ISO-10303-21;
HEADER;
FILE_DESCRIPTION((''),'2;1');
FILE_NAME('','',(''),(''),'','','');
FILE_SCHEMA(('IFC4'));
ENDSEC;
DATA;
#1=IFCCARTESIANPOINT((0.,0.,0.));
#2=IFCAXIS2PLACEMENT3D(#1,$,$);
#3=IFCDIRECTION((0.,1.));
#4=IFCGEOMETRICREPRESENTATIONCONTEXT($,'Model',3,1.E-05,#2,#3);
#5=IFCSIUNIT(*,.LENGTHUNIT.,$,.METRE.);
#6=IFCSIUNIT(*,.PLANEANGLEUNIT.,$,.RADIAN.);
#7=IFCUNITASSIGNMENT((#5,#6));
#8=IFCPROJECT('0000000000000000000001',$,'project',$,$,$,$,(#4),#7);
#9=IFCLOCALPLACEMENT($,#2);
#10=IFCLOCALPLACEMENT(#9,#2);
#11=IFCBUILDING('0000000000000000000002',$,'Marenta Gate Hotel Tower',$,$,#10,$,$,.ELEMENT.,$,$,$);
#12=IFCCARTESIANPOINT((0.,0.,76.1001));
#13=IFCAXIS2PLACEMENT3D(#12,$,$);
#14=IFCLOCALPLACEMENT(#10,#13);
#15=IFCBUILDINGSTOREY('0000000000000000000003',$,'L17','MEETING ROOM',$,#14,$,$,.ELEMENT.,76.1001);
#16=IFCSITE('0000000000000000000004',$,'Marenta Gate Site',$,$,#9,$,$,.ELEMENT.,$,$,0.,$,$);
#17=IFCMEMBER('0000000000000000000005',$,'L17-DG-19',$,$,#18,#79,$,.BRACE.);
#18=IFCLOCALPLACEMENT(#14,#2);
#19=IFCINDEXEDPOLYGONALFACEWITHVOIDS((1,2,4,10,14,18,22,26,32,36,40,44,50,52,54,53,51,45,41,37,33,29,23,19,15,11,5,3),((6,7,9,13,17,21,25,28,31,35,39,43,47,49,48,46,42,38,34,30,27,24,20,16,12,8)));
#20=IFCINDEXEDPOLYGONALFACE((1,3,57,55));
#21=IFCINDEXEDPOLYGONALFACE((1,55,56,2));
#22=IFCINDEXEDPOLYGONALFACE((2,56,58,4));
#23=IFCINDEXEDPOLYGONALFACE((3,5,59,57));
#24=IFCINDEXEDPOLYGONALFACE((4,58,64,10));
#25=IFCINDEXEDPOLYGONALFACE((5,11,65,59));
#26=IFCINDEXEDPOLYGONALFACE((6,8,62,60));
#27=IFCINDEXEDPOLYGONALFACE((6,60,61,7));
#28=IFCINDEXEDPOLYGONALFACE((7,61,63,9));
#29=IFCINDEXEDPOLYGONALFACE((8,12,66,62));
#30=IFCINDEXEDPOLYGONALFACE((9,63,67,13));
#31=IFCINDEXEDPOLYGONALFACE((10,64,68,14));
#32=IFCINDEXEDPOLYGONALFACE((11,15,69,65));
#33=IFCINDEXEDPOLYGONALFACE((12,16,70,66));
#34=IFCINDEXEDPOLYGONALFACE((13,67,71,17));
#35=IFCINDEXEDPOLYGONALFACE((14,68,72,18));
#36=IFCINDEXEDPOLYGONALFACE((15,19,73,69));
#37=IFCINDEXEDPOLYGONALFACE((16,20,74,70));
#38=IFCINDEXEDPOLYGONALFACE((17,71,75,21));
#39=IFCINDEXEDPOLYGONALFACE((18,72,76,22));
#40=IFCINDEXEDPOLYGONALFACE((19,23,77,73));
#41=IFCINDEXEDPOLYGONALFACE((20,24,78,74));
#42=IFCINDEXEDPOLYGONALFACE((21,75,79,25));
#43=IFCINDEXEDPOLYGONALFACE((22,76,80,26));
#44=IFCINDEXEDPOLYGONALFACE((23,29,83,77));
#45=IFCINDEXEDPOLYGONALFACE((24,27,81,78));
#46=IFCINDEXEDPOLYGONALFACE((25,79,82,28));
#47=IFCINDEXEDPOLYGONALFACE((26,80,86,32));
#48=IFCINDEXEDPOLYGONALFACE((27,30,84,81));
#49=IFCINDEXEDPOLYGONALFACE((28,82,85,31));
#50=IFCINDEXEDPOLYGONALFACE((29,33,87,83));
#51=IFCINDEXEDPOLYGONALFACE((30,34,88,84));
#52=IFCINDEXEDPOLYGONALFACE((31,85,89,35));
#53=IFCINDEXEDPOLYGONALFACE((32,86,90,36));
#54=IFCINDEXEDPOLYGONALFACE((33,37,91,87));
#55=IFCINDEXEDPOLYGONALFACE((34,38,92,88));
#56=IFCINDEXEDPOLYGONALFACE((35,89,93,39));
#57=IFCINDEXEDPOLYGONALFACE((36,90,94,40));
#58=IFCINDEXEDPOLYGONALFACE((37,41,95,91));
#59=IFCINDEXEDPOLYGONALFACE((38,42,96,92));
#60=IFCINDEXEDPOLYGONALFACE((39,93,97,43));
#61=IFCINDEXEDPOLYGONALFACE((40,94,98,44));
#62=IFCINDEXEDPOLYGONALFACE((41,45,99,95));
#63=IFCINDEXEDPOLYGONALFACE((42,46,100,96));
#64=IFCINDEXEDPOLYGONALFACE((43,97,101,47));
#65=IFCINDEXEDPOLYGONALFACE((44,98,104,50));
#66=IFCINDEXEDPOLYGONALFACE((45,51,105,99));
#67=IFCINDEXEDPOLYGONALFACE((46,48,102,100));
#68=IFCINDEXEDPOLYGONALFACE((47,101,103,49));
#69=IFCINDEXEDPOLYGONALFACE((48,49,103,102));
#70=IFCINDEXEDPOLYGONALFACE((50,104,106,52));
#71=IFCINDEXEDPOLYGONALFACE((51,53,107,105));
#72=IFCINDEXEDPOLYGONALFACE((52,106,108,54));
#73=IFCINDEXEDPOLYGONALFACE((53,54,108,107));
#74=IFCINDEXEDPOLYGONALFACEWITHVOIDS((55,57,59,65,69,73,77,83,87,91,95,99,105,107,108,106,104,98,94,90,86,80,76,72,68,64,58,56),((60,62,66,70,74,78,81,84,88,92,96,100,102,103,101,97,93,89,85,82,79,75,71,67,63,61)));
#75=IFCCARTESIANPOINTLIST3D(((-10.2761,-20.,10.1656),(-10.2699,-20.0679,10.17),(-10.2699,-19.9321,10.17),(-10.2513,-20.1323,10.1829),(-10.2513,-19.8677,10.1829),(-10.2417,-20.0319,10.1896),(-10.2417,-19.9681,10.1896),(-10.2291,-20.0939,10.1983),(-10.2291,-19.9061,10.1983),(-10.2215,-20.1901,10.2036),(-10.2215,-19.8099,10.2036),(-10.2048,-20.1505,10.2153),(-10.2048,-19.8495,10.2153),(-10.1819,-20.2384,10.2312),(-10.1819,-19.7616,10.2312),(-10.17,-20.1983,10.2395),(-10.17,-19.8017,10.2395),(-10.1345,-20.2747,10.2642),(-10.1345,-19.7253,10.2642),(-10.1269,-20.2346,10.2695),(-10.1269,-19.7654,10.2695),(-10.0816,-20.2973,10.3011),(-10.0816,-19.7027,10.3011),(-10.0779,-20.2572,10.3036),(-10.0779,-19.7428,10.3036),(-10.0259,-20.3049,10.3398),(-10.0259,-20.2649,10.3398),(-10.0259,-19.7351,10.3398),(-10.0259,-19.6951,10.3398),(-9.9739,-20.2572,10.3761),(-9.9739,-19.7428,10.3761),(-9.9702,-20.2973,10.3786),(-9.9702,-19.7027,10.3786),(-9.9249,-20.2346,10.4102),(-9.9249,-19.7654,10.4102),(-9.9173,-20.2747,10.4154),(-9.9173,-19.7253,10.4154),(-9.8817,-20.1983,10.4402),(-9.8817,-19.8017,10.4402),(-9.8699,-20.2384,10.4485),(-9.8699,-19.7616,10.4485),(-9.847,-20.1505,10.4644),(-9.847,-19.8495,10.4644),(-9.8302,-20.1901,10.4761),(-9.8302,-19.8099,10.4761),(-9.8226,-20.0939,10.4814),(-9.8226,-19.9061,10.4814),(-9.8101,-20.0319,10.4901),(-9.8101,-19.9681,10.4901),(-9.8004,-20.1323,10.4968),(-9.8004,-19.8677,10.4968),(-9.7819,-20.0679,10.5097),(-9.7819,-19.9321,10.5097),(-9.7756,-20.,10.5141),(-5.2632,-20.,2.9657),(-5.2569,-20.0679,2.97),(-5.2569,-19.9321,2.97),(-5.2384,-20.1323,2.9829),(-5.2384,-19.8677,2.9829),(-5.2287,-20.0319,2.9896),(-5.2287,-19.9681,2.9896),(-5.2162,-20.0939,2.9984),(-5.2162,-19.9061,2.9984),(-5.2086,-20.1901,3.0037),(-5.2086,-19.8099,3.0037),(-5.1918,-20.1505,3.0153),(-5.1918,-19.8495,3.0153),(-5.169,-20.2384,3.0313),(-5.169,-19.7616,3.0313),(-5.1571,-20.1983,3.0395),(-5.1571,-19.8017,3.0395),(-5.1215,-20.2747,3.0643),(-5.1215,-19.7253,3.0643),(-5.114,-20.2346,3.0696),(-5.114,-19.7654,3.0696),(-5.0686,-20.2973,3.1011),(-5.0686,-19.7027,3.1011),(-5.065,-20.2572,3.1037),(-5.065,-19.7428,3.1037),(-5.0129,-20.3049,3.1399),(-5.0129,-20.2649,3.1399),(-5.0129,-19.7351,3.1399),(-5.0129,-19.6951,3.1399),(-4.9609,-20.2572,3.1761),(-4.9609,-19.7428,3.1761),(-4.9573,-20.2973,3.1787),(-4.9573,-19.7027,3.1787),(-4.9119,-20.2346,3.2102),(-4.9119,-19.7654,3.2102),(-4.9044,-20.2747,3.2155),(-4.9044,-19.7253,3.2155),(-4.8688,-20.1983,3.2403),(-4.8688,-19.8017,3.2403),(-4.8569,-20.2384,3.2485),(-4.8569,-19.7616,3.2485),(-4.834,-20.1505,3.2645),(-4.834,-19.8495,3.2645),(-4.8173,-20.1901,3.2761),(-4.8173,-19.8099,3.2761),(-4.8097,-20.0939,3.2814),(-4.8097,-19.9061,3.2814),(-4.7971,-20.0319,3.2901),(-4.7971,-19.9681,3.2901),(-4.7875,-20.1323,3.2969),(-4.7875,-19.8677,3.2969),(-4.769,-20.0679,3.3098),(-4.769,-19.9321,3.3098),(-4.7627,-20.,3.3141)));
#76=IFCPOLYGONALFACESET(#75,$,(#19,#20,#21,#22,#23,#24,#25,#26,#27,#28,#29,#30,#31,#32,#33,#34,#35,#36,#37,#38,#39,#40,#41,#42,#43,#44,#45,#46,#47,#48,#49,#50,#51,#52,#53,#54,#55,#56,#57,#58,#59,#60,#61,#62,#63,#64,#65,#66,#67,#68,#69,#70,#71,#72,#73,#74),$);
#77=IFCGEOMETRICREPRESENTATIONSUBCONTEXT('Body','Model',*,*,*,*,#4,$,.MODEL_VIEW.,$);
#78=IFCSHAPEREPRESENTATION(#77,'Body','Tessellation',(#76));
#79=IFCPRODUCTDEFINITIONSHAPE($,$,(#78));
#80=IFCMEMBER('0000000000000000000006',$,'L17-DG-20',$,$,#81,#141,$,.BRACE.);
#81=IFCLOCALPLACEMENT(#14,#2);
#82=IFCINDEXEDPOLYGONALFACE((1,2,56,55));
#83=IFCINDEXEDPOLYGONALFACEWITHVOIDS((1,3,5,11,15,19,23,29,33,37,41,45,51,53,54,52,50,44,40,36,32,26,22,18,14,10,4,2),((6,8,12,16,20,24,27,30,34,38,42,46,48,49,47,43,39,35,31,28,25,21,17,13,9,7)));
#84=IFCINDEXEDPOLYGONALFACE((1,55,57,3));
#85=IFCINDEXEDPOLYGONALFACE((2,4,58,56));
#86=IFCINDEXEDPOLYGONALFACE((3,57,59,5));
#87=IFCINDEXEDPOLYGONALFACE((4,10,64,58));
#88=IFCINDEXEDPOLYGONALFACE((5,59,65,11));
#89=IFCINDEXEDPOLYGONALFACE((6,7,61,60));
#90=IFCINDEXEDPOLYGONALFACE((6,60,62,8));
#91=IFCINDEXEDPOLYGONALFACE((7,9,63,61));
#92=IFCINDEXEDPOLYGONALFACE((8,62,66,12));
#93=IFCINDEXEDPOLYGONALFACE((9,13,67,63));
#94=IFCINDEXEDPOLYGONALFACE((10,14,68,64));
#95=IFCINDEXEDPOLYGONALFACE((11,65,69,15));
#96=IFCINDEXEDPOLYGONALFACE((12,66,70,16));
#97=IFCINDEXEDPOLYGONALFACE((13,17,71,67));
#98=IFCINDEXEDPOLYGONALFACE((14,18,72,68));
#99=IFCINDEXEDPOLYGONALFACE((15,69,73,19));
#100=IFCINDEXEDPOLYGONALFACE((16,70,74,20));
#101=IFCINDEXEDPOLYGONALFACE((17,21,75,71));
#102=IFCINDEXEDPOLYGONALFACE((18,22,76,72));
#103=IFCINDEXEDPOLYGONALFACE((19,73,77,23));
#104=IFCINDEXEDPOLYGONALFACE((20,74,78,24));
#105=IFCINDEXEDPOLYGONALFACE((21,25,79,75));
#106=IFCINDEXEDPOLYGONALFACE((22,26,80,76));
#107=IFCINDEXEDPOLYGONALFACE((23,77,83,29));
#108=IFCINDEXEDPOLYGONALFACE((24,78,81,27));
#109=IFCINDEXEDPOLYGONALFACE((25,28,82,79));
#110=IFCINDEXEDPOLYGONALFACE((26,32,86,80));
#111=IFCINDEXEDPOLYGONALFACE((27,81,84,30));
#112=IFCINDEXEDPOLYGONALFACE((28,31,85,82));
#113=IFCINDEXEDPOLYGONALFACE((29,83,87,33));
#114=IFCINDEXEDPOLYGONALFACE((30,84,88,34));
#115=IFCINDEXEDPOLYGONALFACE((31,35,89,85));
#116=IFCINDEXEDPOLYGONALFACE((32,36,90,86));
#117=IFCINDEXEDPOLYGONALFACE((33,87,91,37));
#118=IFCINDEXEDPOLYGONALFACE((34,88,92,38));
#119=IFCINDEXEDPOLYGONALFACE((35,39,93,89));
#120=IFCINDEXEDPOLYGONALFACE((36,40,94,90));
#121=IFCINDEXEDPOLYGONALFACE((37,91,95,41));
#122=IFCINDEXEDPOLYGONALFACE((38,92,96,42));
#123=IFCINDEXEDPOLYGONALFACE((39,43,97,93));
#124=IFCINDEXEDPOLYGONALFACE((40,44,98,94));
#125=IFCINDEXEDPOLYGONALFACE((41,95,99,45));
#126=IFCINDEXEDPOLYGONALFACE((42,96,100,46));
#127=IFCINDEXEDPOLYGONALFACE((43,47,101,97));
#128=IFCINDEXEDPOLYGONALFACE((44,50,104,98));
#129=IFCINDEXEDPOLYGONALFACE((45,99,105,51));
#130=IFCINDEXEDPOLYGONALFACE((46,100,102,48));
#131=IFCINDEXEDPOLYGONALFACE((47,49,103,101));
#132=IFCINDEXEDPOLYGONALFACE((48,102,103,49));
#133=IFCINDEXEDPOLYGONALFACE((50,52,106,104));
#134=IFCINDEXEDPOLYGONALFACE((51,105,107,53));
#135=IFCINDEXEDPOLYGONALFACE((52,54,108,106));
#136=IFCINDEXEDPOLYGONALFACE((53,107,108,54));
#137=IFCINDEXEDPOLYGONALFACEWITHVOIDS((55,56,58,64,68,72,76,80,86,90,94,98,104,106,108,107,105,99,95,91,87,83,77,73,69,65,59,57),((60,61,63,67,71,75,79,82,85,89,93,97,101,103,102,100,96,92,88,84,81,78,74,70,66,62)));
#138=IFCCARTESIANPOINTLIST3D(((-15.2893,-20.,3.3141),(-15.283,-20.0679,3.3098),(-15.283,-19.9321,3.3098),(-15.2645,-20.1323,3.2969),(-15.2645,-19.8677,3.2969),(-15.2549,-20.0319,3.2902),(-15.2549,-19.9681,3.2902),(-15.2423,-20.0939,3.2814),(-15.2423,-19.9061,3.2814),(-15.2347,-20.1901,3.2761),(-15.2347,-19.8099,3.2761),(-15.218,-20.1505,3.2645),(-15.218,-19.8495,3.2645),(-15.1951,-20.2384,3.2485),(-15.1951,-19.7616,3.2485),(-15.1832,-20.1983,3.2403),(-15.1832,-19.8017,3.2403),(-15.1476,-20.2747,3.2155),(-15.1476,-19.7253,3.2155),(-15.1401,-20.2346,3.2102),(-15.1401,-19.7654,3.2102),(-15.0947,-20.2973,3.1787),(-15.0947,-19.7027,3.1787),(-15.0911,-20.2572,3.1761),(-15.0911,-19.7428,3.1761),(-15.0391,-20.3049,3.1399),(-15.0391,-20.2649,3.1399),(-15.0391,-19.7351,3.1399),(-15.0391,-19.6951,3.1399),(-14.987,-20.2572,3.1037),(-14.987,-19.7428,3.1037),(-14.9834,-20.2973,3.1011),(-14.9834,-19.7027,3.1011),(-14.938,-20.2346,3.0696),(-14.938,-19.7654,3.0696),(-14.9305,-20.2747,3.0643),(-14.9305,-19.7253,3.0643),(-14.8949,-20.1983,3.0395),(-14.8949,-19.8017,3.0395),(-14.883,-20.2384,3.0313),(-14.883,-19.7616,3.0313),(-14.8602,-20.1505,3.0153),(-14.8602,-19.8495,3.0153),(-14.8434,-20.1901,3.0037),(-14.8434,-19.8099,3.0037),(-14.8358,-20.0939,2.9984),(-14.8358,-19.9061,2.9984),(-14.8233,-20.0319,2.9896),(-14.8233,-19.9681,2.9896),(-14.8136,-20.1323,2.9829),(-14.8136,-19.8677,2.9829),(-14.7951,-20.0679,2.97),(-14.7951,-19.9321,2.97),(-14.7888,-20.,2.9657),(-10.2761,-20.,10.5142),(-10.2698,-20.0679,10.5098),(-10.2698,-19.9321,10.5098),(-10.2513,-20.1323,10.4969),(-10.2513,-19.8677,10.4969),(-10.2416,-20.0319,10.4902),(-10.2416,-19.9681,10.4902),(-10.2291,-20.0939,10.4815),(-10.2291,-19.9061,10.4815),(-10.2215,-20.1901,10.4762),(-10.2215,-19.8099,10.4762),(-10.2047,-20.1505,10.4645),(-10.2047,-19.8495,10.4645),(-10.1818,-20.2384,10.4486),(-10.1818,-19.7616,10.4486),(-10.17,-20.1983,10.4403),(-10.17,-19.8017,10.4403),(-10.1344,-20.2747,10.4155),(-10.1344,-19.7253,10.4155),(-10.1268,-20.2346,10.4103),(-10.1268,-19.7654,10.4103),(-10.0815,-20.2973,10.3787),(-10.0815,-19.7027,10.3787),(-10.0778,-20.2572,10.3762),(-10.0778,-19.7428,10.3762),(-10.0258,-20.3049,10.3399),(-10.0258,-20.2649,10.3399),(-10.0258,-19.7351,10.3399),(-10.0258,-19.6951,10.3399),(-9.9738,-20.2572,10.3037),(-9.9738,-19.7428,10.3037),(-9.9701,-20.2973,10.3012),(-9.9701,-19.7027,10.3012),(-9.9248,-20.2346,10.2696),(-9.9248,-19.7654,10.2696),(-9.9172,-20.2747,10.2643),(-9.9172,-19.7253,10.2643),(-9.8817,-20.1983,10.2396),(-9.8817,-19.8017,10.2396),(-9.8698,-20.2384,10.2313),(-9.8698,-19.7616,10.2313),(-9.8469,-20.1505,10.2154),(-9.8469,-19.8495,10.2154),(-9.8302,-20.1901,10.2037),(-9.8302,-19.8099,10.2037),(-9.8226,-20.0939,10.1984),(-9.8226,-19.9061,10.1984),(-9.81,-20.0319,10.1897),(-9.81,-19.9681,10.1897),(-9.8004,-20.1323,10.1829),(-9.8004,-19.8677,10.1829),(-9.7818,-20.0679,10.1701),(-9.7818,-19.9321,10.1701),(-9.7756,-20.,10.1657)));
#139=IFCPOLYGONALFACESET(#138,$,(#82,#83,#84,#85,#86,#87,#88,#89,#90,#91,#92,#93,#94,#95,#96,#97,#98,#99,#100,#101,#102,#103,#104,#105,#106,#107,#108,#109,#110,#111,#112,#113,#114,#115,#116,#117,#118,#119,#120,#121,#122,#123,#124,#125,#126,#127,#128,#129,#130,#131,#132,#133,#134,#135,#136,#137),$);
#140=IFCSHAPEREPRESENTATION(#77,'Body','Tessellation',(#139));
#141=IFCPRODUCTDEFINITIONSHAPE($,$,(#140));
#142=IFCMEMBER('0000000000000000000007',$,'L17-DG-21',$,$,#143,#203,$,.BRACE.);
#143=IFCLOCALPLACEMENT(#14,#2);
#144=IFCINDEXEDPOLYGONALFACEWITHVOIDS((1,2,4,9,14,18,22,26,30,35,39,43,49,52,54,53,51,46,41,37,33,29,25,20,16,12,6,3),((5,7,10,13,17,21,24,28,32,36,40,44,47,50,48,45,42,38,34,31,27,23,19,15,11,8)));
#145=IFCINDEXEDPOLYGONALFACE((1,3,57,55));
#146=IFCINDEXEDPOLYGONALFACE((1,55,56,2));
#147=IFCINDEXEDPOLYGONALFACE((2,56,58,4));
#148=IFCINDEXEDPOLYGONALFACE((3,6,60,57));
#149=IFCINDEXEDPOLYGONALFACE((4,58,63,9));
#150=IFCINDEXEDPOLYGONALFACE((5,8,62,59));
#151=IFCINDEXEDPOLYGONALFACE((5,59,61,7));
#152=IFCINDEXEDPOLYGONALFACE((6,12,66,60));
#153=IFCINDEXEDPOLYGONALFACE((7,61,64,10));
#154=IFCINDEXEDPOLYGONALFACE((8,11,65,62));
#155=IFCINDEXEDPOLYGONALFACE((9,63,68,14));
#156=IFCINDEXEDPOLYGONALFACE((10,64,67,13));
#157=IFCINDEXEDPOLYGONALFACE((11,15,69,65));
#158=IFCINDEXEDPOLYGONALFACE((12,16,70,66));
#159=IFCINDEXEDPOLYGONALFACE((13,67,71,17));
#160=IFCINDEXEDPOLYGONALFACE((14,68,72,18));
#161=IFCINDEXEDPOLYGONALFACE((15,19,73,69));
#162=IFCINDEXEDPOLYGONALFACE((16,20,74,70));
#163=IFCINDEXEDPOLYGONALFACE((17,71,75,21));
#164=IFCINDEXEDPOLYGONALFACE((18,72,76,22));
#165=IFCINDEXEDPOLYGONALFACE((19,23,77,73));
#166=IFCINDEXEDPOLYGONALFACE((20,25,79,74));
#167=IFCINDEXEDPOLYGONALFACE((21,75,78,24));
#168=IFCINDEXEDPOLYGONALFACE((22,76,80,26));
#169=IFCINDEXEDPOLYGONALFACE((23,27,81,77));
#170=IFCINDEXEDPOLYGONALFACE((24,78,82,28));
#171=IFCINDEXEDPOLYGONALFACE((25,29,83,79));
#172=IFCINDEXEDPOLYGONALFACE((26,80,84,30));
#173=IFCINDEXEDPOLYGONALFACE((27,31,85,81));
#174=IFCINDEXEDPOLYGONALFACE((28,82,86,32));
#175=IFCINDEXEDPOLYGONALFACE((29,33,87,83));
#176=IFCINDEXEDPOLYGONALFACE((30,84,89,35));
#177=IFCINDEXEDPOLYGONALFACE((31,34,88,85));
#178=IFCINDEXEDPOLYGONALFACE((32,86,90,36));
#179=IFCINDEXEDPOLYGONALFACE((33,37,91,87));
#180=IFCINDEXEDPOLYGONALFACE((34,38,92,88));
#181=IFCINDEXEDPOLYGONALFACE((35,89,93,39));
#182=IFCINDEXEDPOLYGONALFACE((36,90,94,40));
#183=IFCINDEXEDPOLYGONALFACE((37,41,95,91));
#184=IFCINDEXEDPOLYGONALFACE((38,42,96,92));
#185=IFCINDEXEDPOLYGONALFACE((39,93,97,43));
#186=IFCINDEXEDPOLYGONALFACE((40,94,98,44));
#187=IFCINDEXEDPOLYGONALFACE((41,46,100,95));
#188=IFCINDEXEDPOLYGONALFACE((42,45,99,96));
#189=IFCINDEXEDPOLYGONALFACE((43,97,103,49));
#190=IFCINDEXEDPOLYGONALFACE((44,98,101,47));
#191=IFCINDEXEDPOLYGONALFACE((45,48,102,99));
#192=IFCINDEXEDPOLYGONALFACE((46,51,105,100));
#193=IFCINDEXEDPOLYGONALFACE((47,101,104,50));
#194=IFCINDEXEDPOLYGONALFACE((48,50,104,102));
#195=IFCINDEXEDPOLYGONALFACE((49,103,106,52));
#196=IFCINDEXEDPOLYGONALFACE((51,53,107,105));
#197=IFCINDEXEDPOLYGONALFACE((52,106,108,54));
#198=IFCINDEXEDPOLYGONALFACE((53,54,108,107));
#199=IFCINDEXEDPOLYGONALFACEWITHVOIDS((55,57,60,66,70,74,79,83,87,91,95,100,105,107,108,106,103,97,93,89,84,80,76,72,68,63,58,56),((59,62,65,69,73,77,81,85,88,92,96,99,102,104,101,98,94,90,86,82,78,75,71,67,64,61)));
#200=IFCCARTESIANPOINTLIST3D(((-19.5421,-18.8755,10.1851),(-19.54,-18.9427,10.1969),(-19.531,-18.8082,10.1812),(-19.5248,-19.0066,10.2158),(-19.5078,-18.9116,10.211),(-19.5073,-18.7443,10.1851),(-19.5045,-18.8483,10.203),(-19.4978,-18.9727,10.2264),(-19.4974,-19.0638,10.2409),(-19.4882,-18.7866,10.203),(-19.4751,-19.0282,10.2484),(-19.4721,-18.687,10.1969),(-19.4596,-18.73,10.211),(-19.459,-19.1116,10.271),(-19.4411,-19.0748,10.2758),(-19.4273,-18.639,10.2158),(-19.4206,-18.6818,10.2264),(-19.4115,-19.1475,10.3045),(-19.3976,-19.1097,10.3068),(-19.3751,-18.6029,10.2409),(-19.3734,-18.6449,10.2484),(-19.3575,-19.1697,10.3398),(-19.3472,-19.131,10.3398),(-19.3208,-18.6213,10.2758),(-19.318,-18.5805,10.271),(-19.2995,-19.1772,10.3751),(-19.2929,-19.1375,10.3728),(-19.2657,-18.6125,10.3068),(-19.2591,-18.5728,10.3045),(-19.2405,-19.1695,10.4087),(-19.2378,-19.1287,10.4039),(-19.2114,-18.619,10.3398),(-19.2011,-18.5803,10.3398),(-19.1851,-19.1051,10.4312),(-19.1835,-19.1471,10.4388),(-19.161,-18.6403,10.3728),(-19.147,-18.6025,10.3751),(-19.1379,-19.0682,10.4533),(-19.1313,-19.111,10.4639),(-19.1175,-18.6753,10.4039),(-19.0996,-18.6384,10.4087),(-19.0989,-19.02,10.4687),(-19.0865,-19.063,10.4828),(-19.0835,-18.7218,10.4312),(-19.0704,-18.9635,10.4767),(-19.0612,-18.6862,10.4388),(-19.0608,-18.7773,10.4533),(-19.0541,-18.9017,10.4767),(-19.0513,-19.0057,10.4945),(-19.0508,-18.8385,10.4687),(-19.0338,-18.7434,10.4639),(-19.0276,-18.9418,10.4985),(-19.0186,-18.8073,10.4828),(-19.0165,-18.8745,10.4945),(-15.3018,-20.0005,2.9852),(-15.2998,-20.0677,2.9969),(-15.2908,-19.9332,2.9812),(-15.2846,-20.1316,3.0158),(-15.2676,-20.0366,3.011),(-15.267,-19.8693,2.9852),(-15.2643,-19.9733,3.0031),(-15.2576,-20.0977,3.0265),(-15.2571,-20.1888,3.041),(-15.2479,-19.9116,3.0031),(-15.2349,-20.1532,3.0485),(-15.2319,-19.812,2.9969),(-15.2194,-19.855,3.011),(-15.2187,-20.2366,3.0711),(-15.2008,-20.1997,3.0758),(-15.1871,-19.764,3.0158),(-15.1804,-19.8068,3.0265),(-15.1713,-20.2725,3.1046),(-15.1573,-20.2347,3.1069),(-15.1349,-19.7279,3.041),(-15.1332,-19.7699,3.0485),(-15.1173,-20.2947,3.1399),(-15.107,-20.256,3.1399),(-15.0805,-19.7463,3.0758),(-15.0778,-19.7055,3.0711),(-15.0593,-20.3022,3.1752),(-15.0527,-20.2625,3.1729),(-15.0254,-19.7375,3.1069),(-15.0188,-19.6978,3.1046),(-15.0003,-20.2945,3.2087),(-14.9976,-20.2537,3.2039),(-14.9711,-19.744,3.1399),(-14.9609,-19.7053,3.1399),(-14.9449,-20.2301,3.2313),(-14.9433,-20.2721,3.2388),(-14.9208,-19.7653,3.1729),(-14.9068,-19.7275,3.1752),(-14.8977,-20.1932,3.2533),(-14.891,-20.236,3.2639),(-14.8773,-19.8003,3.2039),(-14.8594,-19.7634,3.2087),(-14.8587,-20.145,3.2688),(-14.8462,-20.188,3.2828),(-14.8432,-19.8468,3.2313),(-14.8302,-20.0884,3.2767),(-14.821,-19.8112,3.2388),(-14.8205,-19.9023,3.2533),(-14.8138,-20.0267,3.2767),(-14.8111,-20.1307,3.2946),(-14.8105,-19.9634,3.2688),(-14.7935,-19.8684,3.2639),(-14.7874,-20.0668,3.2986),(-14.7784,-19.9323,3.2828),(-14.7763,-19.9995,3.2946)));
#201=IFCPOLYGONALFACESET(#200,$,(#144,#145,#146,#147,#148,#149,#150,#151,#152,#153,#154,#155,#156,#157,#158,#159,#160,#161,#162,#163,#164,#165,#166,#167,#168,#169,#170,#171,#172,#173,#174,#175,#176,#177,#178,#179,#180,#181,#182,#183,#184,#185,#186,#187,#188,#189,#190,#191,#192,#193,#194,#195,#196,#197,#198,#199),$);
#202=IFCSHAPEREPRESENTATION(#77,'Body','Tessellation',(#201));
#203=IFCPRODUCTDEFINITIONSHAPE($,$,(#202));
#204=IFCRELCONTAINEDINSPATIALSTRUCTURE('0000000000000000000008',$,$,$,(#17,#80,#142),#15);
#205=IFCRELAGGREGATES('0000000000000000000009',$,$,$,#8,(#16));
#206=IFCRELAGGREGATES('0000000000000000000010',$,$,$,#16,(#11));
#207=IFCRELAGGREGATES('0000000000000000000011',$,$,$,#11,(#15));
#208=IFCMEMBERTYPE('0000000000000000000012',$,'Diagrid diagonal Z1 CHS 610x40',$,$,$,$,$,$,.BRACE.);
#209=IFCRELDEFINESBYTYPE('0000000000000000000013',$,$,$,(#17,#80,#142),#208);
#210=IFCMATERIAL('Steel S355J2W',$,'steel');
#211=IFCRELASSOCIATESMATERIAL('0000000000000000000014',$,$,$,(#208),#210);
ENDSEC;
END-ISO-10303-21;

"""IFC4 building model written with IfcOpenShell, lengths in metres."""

from ifc_helpers import new_model, si_unit, direction, frame, origin, origin_2d, place, context, subcontext, project, spatial, hollow_circle, extrude, material, material_profile, profile_set, type_object, element, save


model = new_model("IFC4")

# Units and contexts
model_context = context("Model", 3, precision=1e-05, world=origin(), true_north=direction((0.0, 1.0)))
body_context = subcontext(model_context, "Body", "Model", "MODEL_VIEW")
ifc_project = project(units=[si_unit("LENGTHUNIT", "METRE"), si_unit("PLANEANGLEUNIT", "RADIAN")], contexts=[model_context])

# Site, building, storey
site_placement = place(None, origin())
site = spatial("IfcSite", under=ifc_project, at=site_placement, Name="Marenta Gate Site", CompositionType="ELEMENT", RefElevation=0.0)
building_placement = place(site_placement, origin())
building = spatial("IfcBuilding", under=site, at=building_placement, Name="Marenta Gate Hotel Tower", CompositionType="ELEMENT")
storey_placement = place(building_placement, frame((0.0, 0.0, 76.1001)))
storey = spatial("IfcBuildingStorey", under=building, at=storey_placement, Name="L17", Description="MEETING ROOM", CompositionType="ELEMENT", Elevation=76.1001)

# Members
ifc_material_1 = material(Name="Steel S355J2W", Category="steel")
ifc_material_profile_1 = material_profile(ifc_material_1, hollow_circle(Radius=0.3049, WallThickness=0.04, at=origin_2d()), Name="CHS 610x40")
ifc_profile_set_1 = profile_set([ifc_material_profile_1], Name="Steel S355J2W")
member_type_1 = type_object("IfcMemberType", Name="Diagrid diagonal Z1 CHS 610x40", PredefinedType="BRACE", material=ifc_profile_set_1)
for number, where, z_axis, x_axis, name in (
    (1, (-5.0129, -20.0, 3.1399), (-0.571393, 0.0, 0.820677), (0.0, -1.0, 0.0), "L17-DG-19"),
):
    element("IfcMember", number, at=place(storey_placement, frame(where, z_axis=z_axis, x_axis=x_axis)), inside=storey, type_object=member_type_1, Name=name, PredefinedType="BRACE", context=body_context, shape_type="SweptSolid", body=[
        extrude(hollow_circle(Radius=0.3049, WallThickness=0.04, at=origin_2d()), origin(), (0.0, 0.0, 1.0), 8.7732),
    ])
member_1_placement = place(storey_placement, frame((-15.0391, -20.0, 3.1399), z_axis=(0.571412, 0.0, 0.820664), x_axis=(0.0, 1.0, 0.0)))
element("IfcMember", 2, at=member_1_placement, inside=storey, type_object=member_type_1, Name="L17-DG-20", PredefinedType="BRACE", context=body_context, shape_type="SweptSolid", body=[
    extrude(hollow_circle(Radius=0.3049, WallThickness=0.04, at=origin_2d()), origin(), (0.0, 0.0, 1.0), 8.7734),
])
member_2_placement = place(storey_placement, frame((-15.0391, -20.0, 3.1399), z_axis=(-0.502924, 0.133434, 0.853969), x_axis=(-0.256443, -0.966559, 0.0)))
element("IfcMember", 3, at=member_2_placement, inside=storey, type_object=member_type_1, Name="L17-DG-21", PredefinedType="BRACE", context=body_context, shape_type="SweptSolid", body=[
    extrude(hollow_circle(Radius=0.3049, WallThickness=0.04, at=origin_2d()), origin(), (0.0, 0.0, 1.0), 8.4312),
])

save(model, "model.ifc")
